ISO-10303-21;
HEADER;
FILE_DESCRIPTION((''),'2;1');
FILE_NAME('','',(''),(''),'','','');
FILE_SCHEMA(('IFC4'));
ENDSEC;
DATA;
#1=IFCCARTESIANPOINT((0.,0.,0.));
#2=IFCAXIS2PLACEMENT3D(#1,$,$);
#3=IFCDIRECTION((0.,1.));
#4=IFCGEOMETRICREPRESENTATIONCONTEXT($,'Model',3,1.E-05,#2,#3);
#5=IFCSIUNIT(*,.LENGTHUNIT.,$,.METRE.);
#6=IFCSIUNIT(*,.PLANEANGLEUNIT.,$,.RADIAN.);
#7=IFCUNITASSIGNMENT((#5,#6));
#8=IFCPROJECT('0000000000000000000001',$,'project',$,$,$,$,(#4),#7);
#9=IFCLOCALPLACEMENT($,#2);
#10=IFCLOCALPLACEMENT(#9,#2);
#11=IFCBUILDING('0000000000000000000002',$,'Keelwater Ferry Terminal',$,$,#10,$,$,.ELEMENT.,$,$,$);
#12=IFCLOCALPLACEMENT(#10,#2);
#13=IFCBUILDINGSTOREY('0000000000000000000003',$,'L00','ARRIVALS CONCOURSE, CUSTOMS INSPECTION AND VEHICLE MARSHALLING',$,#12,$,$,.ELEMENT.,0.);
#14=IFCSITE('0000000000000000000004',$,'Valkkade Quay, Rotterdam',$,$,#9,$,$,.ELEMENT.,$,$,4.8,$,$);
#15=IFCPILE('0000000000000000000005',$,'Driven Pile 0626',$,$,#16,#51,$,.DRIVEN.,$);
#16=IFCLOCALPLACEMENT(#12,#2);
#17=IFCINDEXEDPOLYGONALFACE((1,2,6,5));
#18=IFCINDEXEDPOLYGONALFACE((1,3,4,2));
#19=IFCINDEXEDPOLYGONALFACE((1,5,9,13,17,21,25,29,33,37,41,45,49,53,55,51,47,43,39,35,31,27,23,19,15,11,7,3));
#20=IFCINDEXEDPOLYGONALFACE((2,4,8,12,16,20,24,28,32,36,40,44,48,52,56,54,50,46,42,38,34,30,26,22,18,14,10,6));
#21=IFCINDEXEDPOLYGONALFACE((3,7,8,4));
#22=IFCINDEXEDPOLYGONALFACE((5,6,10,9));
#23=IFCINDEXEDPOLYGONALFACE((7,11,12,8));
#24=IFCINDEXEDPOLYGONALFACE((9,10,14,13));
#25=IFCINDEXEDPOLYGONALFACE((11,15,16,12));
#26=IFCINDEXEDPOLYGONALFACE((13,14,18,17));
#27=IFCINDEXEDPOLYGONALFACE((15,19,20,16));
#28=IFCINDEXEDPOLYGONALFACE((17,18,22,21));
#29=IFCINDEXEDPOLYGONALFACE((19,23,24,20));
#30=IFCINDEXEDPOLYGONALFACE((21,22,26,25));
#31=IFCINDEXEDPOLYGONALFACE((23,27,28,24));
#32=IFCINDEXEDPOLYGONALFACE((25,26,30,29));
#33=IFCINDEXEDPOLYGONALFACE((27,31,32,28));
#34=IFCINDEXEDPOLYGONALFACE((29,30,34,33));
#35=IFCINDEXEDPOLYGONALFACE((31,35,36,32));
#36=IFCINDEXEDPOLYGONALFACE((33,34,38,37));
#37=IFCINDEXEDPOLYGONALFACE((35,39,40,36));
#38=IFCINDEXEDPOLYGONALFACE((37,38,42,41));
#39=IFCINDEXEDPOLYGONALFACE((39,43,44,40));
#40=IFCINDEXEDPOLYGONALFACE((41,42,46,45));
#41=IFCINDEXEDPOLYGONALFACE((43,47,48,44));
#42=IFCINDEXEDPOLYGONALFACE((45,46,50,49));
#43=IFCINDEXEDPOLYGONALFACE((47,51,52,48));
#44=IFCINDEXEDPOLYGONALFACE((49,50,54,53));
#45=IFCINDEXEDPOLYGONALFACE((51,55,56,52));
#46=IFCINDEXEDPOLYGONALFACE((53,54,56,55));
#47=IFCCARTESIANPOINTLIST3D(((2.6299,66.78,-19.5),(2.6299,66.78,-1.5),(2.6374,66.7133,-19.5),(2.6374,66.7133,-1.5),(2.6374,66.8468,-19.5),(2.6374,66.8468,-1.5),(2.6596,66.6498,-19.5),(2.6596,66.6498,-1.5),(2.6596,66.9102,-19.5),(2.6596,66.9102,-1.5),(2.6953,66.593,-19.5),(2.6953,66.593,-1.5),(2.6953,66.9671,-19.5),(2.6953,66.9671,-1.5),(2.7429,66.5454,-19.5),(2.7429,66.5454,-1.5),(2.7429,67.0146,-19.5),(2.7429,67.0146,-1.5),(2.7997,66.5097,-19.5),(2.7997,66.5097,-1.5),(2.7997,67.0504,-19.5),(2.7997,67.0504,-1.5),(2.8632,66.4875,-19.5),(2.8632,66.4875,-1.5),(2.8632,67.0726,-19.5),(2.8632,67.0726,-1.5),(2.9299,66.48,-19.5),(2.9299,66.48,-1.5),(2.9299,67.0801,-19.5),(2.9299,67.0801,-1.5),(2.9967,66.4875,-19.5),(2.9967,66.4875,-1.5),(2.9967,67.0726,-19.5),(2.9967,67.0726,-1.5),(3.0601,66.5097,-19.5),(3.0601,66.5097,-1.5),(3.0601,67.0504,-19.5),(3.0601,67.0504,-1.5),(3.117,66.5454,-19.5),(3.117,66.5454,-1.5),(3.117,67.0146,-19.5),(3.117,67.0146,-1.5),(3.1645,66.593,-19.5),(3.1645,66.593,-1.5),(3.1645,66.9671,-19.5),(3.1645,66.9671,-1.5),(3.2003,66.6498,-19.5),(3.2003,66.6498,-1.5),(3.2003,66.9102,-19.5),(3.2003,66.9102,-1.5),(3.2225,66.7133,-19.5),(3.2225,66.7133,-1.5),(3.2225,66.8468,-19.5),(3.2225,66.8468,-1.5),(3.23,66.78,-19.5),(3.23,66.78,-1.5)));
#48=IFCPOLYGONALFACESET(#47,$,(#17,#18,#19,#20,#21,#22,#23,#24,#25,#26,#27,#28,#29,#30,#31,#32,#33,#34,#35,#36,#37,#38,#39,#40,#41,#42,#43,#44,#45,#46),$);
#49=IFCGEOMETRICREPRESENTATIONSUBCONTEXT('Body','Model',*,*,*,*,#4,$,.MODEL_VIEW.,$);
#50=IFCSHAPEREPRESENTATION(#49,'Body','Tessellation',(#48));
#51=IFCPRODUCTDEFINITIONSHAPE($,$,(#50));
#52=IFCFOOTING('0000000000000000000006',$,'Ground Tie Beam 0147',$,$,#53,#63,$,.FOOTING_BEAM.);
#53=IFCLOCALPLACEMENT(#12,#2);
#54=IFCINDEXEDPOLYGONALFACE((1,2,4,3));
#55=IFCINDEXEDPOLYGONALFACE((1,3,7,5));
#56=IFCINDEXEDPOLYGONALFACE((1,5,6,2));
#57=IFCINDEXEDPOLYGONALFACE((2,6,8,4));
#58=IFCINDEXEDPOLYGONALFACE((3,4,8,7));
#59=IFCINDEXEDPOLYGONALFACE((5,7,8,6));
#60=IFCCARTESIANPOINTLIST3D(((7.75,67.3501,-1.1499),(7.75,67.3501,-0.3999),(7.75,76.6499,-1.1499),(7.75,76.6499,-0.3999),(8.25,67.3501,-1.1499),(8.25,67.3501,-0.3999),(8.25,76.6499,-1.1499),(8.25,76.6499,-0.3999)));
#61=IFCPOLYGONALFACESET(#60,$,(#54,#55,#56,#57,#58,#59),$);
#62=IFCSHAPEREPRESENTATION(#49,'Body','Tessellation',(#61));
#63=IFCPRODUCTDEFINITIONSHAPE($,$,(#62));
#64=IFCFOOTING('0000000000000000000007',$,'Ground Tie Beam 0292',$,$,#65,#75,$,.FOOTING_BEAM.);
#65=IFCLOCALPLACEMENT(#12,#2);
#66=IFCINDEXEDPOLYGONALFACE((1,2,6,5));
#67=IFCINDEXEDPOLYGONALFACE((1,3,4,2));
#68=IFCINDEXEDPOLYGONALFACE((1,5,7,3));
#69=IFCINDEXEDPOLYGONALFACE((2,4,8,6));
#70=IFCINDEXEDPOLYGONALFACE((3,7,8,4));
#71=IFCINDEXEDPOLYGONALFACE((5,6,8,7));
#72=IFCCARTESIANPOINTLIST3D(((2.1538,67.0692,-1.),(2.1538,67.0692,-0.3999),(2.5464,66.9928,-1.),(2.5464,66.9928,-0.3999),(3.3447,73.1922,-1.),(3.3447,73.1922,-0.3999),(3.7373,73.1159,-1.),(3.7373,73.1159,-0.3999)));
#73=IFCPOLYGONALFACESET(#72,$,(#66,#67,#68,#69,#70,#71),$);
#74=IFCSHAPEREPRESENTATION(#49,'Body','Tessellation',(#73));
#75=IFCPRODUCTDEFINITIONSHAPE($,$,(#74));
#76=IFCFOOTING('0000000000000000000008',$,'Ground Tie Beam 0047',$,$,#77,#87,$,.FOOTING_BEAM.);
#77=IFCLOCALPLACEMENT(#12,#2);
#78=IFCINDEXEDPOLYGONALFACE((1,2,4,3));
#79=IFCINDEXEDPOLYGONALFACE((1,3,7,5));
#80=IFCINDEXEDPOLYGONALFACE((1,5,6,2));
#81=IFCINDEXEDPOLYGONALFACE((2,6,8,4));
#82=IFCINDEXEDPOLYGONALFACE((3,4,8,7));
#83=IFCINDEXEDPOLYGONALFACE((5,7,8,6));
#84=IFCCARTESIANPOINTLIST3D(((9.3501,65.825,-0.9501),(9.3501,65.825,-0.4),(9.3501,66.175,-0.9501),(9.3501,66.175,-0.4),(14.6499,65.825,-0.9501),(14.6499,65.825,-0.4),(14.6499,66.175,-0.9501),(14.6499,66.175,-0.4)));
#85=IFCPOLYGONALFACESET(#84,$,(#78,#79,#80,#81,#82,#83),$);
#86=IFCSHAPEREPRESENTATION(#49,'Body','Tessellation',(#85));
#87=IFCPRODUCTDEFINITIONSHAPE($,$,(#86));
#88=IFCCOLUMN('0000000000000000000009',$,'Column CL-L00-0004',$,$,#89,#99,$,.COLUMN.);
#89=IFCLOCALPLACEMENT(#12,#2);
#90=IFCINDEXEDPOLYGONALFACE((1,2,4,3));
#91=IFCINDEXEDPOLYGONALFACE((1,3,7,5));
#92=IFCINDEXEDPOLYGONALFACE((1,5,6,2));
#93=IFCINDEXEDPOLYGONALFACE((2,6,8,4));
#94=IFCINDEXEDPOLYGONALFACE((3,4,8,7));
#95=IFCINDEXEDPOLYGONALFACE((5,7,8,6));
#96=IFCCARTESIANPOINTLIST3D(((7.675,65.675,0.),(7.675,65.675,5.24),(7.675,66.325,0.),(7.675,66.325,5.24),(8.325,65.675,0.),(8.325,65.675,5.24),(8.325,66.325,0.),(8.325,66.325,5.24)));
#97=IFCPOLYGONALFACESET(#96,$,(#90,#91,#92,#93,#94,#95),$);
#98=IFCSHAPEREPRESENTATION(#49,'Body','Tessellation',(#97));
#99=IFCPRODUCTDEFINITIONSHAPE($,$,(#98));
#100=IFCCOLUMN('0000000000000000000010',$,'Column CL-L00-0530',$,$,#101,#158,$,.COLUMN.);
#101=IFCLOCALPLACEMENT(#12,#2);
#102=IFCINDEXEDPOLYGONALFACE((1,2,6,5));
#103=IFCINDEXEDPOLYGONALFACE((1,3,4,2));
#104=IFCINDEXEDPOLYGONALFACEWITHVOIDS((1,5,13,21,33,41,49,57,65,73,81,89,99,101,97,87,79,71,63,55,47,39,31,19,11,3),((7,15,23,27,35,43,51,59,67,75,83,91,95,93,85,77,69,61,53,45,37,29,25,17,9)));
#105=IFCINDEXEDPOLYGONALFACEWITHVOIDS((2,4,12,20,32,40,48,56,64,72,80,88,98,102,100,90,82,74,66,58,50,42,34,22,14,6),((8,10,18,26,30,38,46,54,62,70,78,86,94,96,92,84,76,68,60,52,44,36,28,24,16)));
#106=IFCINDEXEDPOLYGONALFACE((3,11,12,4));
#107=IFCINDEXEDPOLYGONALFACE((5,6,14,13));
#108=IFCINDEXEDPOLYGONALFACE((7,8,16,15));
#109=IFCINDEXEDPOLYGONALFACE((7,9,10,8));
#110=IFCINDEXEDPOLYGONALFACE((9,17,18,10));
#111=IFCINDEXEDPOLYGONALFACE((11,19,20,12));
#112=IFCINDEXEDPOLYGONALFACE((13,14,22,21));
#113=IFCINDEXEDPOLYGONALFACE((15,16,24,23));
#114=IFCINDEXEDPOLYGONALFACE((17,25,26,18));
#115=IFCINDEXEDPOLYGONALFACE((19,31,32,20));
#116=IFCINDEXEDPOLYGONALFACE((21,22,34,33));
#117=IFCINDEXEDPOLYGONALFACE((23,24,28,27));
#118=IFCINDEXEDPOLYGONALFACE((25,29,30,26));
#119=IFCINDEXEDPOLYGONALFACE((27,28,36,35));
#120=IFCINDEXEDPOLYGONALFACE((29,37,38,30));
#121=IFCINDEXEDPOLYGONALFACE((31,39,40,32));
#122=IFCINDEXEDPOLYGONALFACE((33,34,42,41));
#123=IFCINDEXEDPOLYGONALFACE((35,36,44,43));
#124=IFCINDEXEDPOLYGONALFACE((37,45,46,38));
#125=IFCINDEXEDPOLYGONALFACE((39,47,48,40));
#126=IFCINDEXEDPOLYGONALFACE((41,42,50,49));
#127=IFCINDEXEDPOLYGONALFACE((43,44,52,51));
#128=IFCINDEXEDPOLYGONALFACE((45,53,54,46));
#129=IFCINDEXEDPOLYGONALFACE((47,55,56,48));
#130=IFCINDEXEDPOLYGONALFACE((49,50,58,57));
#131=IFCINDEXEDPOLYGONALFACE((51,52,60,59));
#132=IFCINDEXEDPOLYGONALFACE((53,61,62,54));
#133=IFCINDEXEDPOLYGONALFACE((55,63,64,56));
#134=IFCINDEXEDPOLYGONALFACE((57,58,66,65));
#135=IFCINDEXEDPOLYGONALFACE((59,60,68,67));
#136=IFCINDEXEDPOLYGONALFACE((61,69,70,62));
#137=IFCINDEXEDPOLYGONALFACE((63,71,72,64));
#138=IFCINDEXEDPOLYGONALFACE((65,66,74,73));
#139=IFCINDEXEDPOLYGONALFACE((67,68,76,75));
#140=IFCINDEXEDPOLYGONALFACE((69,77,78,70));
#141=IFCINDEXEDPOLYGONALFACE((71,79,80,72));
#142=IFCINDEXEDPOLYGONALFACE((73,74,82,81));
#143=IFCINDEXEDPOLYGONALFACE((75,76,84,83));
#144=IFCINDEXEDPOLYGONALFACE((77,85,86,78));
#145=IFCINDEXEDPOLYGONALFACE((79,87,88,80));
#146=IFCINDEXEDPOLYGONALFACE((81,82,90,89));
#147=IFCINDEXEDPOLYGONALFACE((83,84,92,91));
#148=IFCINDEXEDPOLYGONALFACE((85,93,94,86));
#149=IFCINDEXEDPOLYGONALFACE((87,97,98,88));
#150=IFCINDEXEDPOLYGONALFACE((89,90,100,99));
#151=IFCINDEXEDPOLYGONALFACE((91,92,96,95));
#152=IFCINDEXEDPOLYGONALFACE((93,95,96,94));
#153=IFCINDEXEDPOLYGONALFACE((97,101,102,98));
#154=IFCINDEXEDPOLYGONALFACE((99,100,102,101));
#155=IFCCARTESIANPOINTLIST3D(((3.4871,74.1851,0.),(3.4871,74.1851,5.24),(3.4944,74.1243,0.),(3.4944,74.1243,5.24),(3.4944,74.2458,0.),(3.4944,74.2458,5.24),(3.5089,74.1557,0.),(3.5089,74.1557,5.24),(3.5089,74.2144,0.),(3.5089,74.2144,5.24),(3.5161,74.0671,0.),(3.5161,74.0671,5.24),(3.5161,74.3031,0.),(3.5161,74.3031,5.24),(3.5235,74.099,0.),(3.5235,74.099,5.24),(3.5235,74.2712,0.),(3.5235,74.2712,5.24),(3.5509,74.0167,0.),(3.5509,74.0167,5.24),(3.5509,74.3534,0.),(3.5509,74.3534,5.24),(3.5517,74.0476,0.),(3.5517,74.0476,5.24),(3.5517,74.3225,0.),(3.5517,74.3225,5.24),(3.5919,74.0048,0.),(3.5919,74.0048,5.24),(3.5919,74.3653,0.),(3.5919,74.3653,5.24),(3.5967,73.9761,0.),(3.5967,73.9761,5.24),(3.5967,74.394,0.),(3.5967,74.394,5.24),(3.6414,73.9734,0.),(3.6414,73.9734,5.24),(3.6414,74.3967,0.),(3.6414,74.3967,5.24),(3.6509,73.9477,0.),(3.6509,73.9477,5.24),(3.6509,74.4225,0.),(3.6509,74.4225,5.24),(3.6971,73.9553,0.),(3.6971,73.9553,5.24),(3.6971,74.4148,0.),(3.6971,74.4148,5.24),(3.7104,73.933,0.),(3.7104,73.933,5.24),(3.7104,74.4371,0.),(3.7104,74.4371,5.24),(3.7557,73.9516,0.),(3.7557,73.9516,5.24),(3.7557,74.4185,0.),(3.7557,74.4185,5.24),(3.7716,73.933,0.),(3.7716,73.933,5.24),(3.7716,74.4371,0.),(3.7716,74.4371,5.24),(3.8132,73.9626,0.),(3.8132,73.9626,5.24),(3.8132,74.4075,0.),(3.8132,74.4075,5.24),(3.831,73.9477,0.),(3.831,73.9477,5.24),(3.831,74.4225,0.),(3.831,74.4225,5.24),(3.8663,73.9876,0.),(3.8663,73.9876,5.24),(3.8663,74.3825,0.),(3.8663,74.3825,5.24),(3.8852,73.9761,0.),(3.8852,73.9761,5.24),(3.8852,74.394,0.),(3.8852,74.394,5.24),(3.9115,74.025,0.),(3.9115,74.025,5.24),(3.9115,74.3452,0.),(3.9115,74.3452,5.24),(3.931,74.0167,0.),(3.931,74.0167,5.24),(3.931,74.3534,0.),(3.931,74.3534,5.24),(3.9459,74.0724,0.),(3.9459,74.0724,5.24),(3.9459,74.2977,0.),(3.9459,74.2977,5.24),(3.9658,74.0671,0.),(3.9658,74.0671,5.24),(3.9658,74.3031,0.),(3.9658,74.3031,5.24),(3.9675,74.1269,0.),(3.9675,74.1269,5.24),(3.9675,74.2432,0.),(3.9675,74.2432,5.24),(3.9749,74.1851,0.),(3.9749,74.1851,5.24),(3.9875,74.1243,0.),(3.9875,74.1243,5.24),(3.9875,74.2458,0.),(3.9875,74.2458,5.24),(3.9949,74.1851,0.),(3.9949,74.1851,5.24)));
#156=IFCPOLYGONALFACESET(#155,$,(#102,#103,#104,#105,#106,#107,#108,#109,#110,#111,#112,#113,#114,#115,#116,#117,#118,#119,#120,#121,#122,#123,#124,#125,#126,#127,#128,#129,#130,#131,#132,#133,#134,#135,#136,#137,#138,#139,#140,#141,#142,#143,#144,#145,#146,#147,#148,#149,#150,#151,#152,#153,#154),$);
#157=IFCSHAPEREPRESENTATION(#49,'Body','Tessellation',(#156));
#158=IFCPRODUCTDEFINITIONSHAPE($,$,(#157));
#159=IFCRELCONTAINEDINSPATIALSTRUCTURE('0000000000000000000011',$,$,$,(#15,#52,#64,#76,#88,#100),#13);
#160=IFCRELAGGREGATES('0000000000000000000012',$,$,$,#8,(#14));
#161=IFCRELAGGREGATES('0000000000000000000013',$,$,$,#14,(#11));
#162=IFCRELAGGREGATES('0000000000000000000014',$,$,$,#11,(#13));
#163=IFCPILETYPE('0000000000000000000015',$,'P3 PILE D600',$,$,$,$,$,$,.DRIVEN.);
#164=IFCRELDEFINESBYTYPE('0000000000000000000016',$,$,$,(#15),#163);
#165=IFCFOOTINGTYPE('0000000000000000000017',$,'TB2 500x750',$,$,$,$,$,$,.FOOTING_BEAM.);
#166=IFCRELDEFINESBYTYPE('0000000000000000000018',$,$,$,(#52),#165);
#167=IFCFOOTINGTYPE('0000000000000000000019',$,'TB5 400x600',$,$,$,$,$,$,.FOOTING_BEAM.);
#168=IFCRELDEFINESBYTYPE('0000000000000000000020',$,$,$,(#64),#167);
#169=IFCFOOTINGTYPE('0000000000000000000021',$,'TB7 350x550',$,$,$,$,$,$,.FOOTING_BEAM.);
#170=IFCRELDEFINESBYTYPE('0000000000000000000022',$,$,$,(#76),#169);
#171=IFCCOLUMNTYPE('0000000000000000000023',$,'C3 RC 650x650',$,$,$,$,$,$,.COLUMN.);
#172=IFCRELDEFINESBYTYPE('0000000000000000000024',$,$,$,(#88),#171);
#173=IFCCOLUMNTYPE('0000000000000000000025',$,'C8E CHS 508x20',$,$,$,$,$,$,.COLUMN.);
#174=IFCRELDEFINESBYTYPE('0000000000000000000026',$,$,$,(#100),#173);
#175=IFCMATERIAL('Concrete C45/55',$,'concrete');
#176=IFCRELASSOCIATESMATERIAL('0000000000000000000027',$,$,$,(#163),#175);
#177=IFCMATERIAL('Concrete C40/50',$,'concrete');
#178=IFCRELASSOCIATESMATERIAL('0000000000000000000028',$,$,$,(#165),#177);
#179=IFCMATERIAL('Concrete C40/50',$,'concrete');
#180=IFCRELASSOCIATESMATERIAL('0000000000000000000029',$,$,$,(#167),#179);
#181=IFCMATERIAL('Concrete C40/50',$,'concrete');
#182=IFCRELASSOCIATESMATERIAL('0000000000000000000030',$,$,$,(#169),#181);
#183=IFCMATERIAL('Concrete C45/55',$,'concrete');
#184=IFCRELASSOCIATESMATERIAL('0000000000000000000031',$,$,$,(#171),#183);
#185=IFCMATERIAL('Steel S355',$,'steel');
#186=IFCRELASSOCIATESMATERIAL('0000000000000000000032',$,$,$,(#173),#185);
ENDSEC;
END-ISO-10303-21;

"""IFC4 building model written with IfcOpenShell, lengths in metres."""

from ifc_helpers import new_model, si_unit, direction, frame, origin, origin_2d, place, context, subcontext, project, spatial, rectangle, circle, hollow_circle, extrude, material, material_profile, profile_set, type_object, element, save


model = new_model("IFC4")

# Units and contexts
model_context = context("Model", 3, precision=1e-05, world=origin(), true_north=direction((0.0, 1.0)))
body_context = subcontext(model_context, "Body", "Model", "MODEL_VIEW")
ifc_project = project(units=[si_unit("LENGTHUNIT", "METRE"), si_unit("PLANEANGLEUNIT", "RADIAN")], contexts=[model_context])

# Site, building, storey
site_placement = place(None, origin())
site = spatial("IfcSite", under=ifc_project, at=site_placement, Name="Valkkade Quay, Rotterdam", CompositionType="ELEMENT", RefElevation=4.8)
building_placement = place(site_placement, origin())
building = spatial("IfcBuilding", under=site, at=building_placement, Name="Keelwater Ferry Terminal", CompositionType="ELEMENT")
storey_placement = place(building_placement, origin())
storey = spatial("IfcBuildingStorey", under=building, at=storey_placement, Name="L00", Description="ARRIVALS CONCOURSE, CUSTOMS INSPECTION AND VEHICLE MARSHALLING", CompositionType="ELEMENT", Elevation=0.0)

# Pile
ifc_material_1 = material(Name="Concrete C45/55", Category="concrete")
ifc_material_profile_1 = material_profile(ifc_material_1, circle(Radius=0.3, at=origin_2d()), Name="PILE D600")
ifc_profile_set_1 = profile_set([ifc_material_profile_1], Name="Concrete C45/55")
pile_type = type_object("IfcPileType", Name="P3 PILE D600", PredefinedType="DRIVEN", material=ifc_profile_set_1)
for number, where, z_axis, x_axis, name in (
    (1, (2.9299, 66.78, -1.5), (0.0, 0.0, -1.0), (1.0, 0.0, 0.0), "Driven Pile 0626"),
):
    element("IfcPile", number, at=place(storey_placement, frame(where, z_axis=z_axis, x_axis=x_axis)), inside=storey, type_object=pile_type, Name=name, PredefinedType="DRIVEN", context=body_context, shape_type="SweptSolid", body=[
        extrude(circle(Radius=0.3, at=origin_2d()), origin(), (0.0, 0.0, 1.0), 18.0),
    ])

# Footings
ifc_material_2 = material(Name="Concrete C40/50", Category="concrete")
ifc_material_profile_2 = material_profile(ifc_material_2, rectangle(XDim=0.5, YDim=0.75, at=origin_2d()), Name="TB 500x750")
ifc_profile_set_2 = profile_set([ifc_material_profile_2], Name="Concrete C40/50")
footing_type_1 = type_object("IfcFootingType", Name="TB2 500x750", PredefinedType="FOOTING_BEAM", material=ifc_profile_set_2)
footing_1_placement = place(storey_placement, frame((8.0, 67.3501, -0.7749), z_axis=(0.0, 1.0, 0.0), x_axis=(-1.0, 0.0, 0.0)))
element("IfcFooting", 2, at=footing_1_placement, inside=storey, type_object=footing_type_1, Name="Ground Tie Beam 0147", PredefinedType="FOOTING_BEAM", context=body_context, shape_type="SweptSolid", body=[
    extrude(rectangle(XDim=0.5, YDim=0.75, at=origin_2d()), origin(), (0.0, 0.0, 1.0), 9.2998),
])
ifc_material_3 = material(Name="Concrete C40/50", Category="concrete")
ifc_material_profile_3 = material_profile(ifc_material_3, rectangle(XDim=0.3999, YDim=0.6001, at=origin_2d()), Name="TB 400x600")
ifc_profile_set_3 = profile_set([ifc_material_profile_3], Name="Concrete C40/50")
footing_type_2 = type_object("IfcFootingType", Name="TB5 400x600", PredefinedType="FOOTING_BEAM", material=ifc_profile_set_3)
footing_2_placement = place(storey_placement, frame((3.541, 73.1541, -0.7), z_axis=(-0.19092, -0.981606, 0.0), x_axis=(0.981606, -0.19092, 0.0)))
element("IfcFooting", 3, at=footing_2_placement, inside=storey, type_object=footing_type_2, Name="Ground Tie Beam 0292", PredefinedType="FOOTING_BEAM", context=body_context, shape_type="SweptSolid", body=[
    extrude(rectangle(XDim=0.3999, YDim=0.6001, at=origin_2d()), origin(), (0.0, 0.0, 1.0), 6.2378),
])
ifc_material_4 = material(Name="Concrete C40/50", Category="concrete")
ifc_material_profile_4 = material_profile(ifc_material_4, rectangle(XDim=0.3501, YDim=0.55, at=origin_2d()), Name="TB 350x550")
ifc_profile_set_4 = profile_set([ifc_material_profile_4], Name="Concrete C40/50")
footing_type_3 = type_object("IfcFootingType", Name="TB7 350x550", PredefinedType="FOOTING_BEAM", material=ifc_profile_set_4)
footing_3_placement = place(storey_placement, frame((9.3501, 66.0, -0.675), z_axis=(1.0, 0.0, 0.0), x_axis=(0.0, 1.0, 0.0)))
element("IfcFooting", 4, at=footing_3_placement, inside=storey, type_object=footing_type_3, Name="Ground Tie Beam 0047", PredefinedType="FOOTING_BEAM", context=body_context, shape_type="SweptSolid", body=[
    extrude(rectangle(XDim=0.3501, YDim=0.55, at=origin_2d()), origin(), (0.0, 0.0, 1.0), 5.2998),
])

# Columns
ifc_material_5 = material(Name="Concrete C45/55", Category="concrete")
ifc_material_profile_5 = material_profile(ifc_material_5, rectangle(XDim=0.6499, YDim=0.6499, at=origin_2d()), Name="RC 650x650")
ifc_profile_set_5 = profile_set([ifc_material_profile_5], Name="Concrete C45/55")
column_type_1 = type_object("IfcColumnType", Name="C3 RC 650x650", PredefinedType="COLUMN", material=ifc_profile_set_5)
column_placement = place(storey_placement, frame((8.0, 66.0, 0.0), z_axis=(0.0, 0.0, 1.0), x_axis=(1.0, 0.0, 0.0)))
element("IfcColumn", 5, at=column_placement, inside=storey, type_object=column_type_1, Name="Column CL-L00-0004", PredefinedType="COLUMN", context=body_context, shape_type="SweptSolid", body=[
    extrude(rectangle(XDim=0.6499, YDim=0.6499, at=origin_2d()), origin(), (0.0, 0.0, 1.0), 5.24),
])
ifc_material_6 = material(Name="Steel S355", Category="steel")
ifc_material_profile_6 = material_profile(ifc_material_6, hollow_circle(Radius=0.2539, WallThickness=0.02, at=origin_2d()), Name="CHS 508x20")
ifc_profile_set_6 = profile_set([ifc_material_profile_6], Name="Steel S355")
column_type_2 = type_object("IfcColumnType", Name="C8E CHS 508x20", PredefinedType="COLUMN", material=ifc_profile_set_6)
for number, where, z_axis, x_axis, name in (
    (6, (3.741, 74.1851, 0.0), (0.0, 0.0, 1.0), (1.0, 0.0, 0.0), "Column CL-L00-0530"),
):
    element("IfcColumn", number, at=place(storey_placement, frame(where, z_axis=z_axis, x_axis=x_axis)), inside=storey, type_object=column_type_2, Name=name, PredefinedType="COLUMN", context=body_context, shape_type="SweptSolid", body=[
        extrude(hollow_circle(Radius=0.2539, WallThickness=0.02, at=origin_2d()), origin(), (0.0, 0.0, 1.0), 5.24),
    ])

save(model, "model.ifc")
